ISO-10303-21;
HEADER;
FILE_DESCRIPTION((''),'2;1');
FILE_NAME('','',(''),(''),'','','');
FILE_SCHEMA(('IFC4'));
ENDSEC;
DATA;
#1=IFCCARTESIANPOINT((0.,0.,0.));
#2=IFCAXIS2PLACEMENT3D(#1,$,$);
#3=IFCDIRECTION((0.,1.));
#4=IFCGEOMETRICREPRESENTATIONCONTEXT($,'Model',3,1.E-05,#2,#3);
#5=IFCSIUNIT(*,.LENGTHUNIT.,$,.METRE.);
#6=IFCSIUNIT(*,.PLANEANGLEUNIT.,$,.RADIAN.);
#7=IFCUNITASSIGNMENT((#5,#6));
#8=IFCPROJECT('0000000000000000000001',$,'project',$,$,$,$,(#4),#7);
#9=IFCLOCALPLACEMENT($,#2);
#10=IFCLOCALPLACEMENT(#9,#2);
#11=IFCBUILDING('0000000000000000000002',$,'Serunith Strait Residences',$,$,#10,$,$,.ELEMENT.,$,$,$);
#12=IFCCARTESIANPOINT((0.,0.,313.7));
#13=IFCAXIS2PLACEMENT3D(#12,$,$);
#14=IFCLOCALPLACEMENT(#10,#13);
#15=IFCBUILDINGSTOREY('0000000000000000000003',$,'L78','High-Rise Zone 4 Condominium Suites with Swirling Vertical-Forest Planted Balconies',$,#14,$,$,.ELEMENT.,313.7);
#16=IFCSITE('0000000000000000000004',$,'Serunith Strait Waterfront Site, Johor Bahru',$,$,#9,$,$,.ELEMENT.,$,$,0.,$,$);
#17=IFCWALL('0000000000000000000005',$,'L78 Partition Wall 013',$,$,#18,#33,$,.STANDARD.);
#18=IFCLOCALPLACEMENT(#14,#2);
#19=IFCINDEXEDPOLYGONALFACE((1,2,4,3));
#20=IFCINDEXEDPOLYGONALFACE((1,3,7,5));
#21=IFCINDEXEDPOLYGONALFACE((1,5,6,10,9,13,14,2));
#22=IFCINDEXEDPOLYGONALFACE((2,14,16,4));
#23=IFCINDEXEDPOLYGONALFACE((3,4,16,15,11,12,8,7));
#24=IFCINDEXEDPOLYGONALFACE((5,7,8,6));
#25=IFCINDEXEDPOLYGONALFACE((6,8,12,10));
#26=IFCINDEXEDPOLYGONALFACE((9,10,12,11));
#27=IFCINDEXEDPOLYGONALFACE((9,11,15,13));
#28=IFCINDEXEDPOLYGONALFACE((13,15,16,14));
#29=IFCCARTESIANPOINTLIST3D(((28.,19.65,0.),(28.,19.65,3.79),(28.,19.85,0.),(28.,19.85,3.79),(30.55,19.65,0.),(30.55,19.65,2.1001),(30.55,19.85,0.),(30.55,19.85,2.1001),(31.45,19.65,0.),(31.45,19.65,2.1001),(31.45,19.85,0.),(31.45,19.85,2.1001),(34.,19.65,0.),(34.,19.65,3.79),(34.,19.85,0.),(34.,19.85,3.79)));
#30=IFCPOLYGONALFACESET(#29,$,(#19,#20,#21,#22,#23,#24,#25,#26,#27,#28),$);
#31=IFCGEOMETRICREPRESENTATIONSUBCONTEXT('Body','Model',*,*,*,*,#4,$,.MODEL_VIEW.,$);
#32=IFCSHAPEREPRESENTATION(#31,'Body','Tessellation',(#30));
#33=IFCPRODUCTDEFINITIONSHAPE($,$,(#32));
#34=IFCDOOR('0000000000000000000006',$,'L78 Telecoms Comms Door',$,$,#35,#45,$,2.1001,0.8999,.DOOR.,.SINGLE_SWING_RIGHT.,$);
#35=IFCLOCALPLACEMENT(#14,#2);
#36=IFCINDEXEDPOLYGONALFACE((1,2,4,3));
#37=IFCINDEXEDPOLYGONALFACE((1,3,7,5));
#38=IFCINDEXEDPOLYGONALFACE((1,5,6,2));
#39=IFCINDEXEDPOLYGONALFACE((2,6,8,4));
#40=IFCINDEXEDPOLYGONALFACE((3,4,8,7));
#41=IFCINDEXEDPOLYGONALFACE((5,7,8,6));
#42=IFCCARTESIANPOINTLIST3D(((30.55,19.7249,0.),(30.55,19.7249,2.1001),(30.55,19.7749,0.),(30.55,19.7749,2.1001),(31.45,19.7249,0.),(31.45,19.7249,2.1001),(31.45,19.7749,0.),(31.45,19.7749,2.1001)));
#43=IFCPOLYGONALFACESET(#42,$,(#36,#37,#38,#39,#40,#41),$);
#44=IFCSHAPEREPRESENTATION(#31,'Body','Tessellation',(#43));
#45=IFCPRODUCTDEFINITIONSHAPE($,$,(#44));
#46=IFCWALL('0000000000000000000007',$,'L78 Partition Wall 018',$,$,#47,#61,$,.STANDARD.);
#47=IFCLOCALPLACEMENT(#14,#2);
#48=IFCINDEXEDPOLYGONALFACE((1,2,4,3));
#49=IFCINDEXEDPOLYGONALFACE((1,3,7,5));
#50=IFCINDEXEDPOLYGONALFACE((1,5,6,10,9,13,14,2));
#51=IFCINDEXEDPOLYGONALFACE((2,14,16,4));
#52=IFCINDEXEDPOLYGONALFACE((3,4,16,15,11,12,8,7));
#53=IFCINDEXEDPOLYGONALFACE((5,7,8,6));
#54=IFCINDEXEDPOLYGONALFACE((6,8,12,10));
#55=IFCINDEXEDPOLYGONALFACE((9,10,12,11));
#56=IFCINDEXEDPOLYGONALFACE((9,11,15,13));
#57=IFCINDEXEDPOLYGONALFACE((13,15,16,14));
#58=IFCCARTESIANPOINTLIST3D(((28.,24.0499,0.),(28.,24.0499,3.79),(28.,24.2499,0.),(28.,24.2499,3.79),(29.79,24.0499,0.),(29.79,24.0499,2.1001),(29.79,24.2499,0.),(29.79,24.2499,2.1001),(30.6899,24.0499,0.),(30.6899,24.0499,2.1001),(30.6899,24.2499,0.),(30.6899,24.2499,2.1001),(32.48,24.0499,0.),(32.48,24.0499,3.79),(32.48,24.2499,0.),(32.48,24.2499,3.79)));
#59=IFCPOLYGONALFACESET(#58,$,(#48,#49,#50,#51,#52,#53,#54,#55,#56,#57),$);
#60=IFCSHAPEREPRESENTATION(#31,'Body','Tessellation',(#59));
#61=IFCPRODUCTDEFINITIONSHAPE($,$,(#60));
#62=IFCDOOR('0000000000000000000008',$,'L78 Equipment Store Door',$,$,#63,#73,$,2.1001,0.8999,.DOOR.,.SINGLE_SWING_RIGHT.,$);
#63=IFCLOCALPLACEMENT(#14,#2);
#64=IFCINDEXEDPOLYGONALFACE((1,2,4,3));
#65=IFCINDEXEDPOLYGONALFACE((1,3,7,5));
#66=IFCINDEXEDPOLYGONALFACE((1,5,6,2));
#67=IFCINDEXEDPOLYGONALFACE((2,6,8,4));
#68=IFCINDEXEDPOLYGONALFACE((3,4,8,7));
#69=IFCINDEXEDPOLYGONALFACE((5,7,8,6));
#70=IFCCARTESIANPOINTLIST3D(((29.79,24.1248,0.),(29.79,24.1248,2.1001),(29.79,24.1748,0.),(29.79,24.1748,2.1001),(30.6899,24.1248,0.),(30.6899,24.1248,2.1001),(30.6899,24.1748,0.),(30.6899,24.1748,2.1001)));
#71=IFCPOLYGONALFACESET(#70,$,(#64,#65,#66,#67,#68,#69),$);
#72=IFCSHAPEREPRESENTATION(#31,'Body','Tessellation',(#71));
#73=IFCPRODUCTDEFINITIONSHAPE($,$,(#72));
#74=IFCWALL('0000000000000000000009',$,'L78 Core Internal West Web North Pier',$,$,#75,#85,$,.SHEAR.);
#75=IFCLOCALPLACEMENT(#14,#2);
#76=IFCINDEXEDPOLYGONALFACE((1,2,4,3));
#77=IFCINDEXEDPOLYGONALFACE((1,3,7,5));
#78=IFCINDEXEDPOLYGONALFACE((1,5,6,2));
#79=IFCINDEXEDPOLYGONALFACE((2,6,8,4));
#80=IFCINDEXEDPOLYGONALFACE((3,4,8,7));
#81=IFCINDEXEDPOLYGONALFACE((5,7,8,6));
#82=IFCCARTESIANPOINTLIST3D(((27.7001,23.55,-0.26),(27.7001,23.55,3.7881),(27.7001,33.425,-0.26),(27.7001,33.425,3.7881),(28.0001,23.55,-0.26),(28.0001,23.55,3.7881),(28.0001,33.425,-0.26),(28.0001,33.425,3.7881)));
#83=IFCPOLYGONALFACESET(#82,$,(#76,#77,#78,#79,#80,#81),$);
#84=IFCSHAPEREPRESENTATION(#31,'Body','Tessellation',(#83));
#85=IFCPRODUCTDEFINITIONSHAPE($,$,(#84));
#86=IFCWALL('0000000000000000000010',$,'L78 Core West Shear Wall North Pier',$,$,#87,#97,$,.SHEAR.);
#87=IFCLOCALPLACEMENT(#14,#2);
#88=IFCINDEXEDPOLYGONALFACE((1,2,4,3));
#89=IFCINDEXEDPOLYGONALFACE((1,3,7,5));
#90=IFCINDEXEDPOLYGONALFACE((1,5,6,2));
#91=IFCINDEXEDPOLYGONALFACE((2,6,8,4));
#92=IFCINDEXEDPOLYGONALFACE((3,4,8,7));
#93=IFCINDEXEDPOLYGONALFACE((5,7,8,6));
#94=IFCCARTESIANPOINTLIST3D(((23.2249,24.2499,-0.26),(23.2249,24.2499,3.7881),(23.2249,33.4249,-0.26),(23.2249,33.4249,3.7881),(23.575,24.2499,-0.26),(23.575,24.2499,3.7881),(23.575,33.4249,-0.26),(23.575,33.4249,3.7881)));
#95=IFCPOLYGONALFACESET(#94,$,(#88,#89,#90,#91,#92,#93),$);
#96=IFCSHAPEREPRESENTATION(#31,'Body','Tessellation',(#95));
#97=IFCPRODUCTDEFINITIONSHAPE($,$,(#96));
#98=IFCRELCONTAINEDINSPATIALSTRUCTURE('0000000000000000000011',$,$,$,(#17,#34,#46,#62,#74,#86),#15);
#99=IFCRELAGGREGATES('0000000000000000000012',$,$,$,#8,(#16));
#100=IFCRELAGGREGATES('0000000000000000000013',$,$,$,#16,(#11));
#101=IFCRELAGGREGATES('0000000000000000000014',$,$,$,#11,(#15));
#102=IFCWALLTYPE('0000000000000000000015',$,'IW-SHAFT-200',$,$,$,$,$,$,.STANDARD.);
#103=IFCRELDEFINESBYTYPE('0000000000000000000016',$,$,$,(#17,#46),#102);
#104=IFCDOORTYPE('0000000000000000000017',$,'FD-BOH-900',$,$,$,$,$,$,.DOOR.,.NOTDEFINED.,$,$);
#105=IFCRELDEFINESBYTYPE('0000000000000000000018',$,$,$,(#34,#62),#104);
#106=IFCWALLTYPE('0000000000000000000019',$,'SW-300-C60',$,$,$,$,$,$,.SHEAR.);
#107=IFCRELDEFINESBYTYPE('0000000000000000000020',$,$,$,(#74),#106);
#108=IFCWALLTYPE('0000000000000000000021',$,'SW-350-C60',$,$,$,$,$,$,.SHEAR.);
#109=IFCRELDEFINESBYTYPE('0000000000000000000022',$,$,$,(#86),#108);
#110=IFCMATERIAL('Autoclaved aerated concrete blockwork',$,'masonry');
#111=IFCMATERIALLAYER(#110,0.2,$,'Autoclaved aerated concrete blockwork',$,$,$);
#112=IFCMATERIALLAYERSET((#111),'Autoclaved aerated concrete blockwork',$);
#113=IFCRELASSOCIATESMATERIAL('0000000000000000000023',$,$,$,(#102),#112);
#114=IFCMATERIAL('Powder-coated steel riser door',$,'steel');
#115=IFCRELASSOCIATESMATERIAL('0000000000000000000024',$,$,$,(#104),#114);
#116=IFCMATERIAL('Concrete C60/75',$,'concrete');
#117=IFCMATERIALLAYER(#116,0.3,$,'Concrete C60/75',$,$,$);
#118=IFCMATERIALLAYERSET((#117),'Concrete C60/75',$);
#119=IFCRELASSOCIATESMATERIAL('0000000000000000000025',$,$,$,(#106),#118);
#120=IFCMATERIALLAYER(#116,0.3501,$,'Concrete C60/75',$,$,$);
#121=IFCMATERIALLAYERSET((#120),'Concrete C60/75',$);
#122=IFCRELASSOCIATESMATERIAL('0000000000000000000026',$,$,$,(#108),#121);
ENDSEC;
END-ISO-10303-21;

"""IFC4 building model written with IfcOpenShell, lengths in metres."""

from ifc_helpers import new_model, si_unit, direction, frame, frame_2d, origin, place, context, subcontext, project, spatial, rectangle, extrude, source, transform, mapped, material, layer, layer_set, type_object, element, fill, save


model = new_model("IFC4")

# Units and contexts
model_context = context("Model", 3, precision=1e-05, world=origin(), true_north=direction((0.0, 1.0)))
body_context = subcontext(model_context, "Body", "Model", "MODEL_VIEW")
ifc_project = project(units=[si_unit("LENGTHUNIT", "METRE"), si_unit("PLANEANGLEUNIT", "RADIAN")], contexts=[model_context])

# Site, building, storey
site_placement = place(None, origin())
site = spatial("IfcSite", under=ifc_project, at=site_placement, Name="Serunith Strait Waterfront Site, Johor Bahru", CompositionType="ELEMENT", RefElevation=0.0)
building_placement = place(site_placement, origin())
building = spatial("IfcBuilding", under=site, at=building_placement, Name="Serunith Strait Residences", CompositionType="ELEMENT")
storey_placement = place(building_placement, frame((0.0, 0.0, 313.7)))
storey = spatial("IfcBuildingStorey", under=building, at=storey_placement, Name="L78", Description="High-Rise Zone 4 Condominium Suites with Swirling Vertical-Forest Planted Balconies", CompositionType="ELEMENT", Elevation=313.7)

# Walls, openings, doors
ifc_material_1 = material(Name="Autoclaved aerated concrete blockwork", Category="masonry")
ifc_layer_1 = layer(ifc_material_1, 0.2, Name="Autoclaved aerated concrete blockwork")
ifc_layer_set_1 = layer_set([ifc_layer_1], Name="Autoclaved aerated concrete blockwork")
wall_type_1 = type_object("IfcWallType", Name="IW-SHAFT-200", PredefinedType="STANDARD", material=ifc_layer_set_1)
wall_1_placement = place(storey_placement, frame((28.0, 19.75, 0.0), z_axis=(0.0, 0.0, 1.0), x_axis=(1.0, 0.0, 0.0)))
wall_1 = element("IfcWall", 1, at=wall_1_placement, inside=storey, type_object=wall_type_1, Name="L78 Partition Wall 013", PredefinedType="STANDARD", context=body_context, shape_type="SweptSolid", body=[
    extrude(rectangle(XDim=6.0, YDim=0.2, at=frame_2d((3.0, 0.0))), origin(), (0.0, 0.0, 1.0), 3.79),
])
opening_1_placement = place(wall_1_placement, frame((2.55, 0.0, 0.0)))
opening_1 = element("IfcOpeningElement", 2, at=opening_1_placement, cuts=wall_1, PredefinedType="OPENING", context=body_context, shape_type="SweptSolid", body=[
    extrude(rectangle(XDim=0.8999, YDim=2.1001, at=frame_2d((0.45, 1.05))), frame((0.0, 0.1099, 0.0), z_axis=(0.0, -1.0, 0.0), x_axis=(1.0, 0.0, 0.0)), (0.0, 0.0, 1.0), 0.22),
])
ifc_material_2 = material(Name="Powder-coated steel riser door", Category="steel")
door_type_1 = type_object("IfcDoorType", Name="FD-BOH-900", OperationType="NOTDEFINED", PredefinedType="DOOR", material=ifc_material_2)
shared_shape_1 = source(origin(), body_context, "Body", "SweptSolid", [
    extrude(rectangle(XDim=0.8999, YDim=2.1001, at=frame_2d((0.45, 1.05))), frame((0.0, 0.0249, 0.0), z_axis=(0.0, -1.0, 0.0), x_axis=(1.0, 0.0, 0.0)), (0.0, 0.0, 1.0), 0.05),
])
door_1_placement = place(opening_1_placement, origin())
door_1 = element("IfcDoor", 3, at=door_1_placement, inside=storey, type_object=door_type_1, Name="L78 Telecoms Comms Door", OperationType="SINGLE_SWING_RIGHT", OverallHeight=2.1001, OverallWidth=0.8999, PredefinedType="DOOR", context=body_context, shape_type="MappedRepresentation", body=[
    mapped(shared_shape_1, transform((0.0, 0.0, 0.0), scale=1.0)),
])
fill(opening_1, door_1)
wall_2_placement = place(storey_placement, frame((28.0, 24.1499, 0.0), z_axis=(0.0, 0.0, 1.0), x_axis=(1.0, 0.0, 0.0)))
wall_2 = element("IfcWall", 4, at=wall_2_placement, inside=storey, type_object=wall_type_1, Name="L78 Partition Wall 018", PredefinedType="STANDARD", context=body_context, shape_type="SweptSolid", body=[
    extrude(rectangle(XDim=4.48, YDim=0.2, at=frame_2d((2.24, 0.0))), origin(), (0.0, 0.0, 1.0), 3.79),
])
opening_2_placement = place(wall_2_placement, frame((1.79, 0.0, 0.0)))
opening_2 = element("IfcOpeningElement", 5, at=opening_2_placement, cuts=wall_2, PredefinedType="OPENING", context=body_context, shape_type="SweptSolid", body=[
    extrude(rectangle(XDim=0.8999, YDim=2.1001, at=frame_2d((0.45, 1.05))), frame((0.0, 0.1099, 0.0), z_axis=(0.0, -1.0, 0.0), x_axis=(1.0, 0.0, 0.0)), (0.0, 0.0, 1.0), 0.22),
])
door_2_placement = place(opening_2_placement, origin())
door_2 = element("IfcDoor", 6, at=door_2_placement, inside=storey, type_object=door_type_1, Name="L78 Equipment Store Door", OperationType="SINGLE_SWING_RIGHT", OverallHeight=2.1001, OverallWidth=0.8999, PredefinedType="DOOR", context=body_context, shape_type="MappedRepresentation", body=[
    mapped(shared_shape_1, transform((0.0, 0.0, 0.0), scale=1.0)),
])
fill(opening_2, door_2)

# Walls
ifc_material_3 = material(Name="Concrete C60/75", Category="concrete")
ifc_layer_2 = layer(ifc_material_3, 0.3, Name="Concrete C60/75")
ifc_layer_set_2 = layer_set([ifc_layer_2], Name="Concrete C60/75")
wall_type_2 = type_object("IfcWallType", Name="SW-300-C60", PredefinedType="SHEAR", material=ifc_layer_set_2)
wall_3_placement = place(storey_placement, frame((27.8501, 23.55, -0.26), z_axis=(0.0, 0.0, 1.0), x_axis=(0.0, 1.0, 0.0)))
element("IfcWall", 7, at=wall_3_placement, inside=storey, type_object=wall_type_2, Name="L78 Core Internal West Web North Pier", PredefinedType="SHEAR", context=body_context, shape_type="SweptSolid", body=[
    extrude(rectangle(XDim=9.875, YDim=0.3, at=frame_2d((4.9375, 0.0))), origin(), (0.0, 0.0, 1.0), 4.0481),
])
ifc_layer_3 = layer(ifc_material_3, 0.3501, Name="Concrete C60/75")
ifc_layer_set_3 = layer_set([ifc_layer_3], Name="Concrete C60/75")
wall_type_3 = type_object("IfcWallType", Name="SW-350-C60", PredefinedType="SHEAR", material=ifc_layer_set_3)
wall_4_placement = place(storey_placement, frame((23.3999, 24.25, -0.26), z_axis=(0.0, 0.0, 1.0), x_axis=(0.0, 1.0, 0.0)))
element("IfcWall", 8, at=wall_4_placement, inside=storey, type_object=wall_type_3, Name="L78 Core West Shear Wall North Pier", PredefinedType="SHEAR", context=body_context, shape_type="SweptSolid", body=[
    extrude(rectangle(XDim=9.175, YDim=0.3501, at=frame_2d((4.5874, 0.0))), origin(), (0.0, 0.0, 1.0), 4.0481),
])

save(model, "model.ifc")
